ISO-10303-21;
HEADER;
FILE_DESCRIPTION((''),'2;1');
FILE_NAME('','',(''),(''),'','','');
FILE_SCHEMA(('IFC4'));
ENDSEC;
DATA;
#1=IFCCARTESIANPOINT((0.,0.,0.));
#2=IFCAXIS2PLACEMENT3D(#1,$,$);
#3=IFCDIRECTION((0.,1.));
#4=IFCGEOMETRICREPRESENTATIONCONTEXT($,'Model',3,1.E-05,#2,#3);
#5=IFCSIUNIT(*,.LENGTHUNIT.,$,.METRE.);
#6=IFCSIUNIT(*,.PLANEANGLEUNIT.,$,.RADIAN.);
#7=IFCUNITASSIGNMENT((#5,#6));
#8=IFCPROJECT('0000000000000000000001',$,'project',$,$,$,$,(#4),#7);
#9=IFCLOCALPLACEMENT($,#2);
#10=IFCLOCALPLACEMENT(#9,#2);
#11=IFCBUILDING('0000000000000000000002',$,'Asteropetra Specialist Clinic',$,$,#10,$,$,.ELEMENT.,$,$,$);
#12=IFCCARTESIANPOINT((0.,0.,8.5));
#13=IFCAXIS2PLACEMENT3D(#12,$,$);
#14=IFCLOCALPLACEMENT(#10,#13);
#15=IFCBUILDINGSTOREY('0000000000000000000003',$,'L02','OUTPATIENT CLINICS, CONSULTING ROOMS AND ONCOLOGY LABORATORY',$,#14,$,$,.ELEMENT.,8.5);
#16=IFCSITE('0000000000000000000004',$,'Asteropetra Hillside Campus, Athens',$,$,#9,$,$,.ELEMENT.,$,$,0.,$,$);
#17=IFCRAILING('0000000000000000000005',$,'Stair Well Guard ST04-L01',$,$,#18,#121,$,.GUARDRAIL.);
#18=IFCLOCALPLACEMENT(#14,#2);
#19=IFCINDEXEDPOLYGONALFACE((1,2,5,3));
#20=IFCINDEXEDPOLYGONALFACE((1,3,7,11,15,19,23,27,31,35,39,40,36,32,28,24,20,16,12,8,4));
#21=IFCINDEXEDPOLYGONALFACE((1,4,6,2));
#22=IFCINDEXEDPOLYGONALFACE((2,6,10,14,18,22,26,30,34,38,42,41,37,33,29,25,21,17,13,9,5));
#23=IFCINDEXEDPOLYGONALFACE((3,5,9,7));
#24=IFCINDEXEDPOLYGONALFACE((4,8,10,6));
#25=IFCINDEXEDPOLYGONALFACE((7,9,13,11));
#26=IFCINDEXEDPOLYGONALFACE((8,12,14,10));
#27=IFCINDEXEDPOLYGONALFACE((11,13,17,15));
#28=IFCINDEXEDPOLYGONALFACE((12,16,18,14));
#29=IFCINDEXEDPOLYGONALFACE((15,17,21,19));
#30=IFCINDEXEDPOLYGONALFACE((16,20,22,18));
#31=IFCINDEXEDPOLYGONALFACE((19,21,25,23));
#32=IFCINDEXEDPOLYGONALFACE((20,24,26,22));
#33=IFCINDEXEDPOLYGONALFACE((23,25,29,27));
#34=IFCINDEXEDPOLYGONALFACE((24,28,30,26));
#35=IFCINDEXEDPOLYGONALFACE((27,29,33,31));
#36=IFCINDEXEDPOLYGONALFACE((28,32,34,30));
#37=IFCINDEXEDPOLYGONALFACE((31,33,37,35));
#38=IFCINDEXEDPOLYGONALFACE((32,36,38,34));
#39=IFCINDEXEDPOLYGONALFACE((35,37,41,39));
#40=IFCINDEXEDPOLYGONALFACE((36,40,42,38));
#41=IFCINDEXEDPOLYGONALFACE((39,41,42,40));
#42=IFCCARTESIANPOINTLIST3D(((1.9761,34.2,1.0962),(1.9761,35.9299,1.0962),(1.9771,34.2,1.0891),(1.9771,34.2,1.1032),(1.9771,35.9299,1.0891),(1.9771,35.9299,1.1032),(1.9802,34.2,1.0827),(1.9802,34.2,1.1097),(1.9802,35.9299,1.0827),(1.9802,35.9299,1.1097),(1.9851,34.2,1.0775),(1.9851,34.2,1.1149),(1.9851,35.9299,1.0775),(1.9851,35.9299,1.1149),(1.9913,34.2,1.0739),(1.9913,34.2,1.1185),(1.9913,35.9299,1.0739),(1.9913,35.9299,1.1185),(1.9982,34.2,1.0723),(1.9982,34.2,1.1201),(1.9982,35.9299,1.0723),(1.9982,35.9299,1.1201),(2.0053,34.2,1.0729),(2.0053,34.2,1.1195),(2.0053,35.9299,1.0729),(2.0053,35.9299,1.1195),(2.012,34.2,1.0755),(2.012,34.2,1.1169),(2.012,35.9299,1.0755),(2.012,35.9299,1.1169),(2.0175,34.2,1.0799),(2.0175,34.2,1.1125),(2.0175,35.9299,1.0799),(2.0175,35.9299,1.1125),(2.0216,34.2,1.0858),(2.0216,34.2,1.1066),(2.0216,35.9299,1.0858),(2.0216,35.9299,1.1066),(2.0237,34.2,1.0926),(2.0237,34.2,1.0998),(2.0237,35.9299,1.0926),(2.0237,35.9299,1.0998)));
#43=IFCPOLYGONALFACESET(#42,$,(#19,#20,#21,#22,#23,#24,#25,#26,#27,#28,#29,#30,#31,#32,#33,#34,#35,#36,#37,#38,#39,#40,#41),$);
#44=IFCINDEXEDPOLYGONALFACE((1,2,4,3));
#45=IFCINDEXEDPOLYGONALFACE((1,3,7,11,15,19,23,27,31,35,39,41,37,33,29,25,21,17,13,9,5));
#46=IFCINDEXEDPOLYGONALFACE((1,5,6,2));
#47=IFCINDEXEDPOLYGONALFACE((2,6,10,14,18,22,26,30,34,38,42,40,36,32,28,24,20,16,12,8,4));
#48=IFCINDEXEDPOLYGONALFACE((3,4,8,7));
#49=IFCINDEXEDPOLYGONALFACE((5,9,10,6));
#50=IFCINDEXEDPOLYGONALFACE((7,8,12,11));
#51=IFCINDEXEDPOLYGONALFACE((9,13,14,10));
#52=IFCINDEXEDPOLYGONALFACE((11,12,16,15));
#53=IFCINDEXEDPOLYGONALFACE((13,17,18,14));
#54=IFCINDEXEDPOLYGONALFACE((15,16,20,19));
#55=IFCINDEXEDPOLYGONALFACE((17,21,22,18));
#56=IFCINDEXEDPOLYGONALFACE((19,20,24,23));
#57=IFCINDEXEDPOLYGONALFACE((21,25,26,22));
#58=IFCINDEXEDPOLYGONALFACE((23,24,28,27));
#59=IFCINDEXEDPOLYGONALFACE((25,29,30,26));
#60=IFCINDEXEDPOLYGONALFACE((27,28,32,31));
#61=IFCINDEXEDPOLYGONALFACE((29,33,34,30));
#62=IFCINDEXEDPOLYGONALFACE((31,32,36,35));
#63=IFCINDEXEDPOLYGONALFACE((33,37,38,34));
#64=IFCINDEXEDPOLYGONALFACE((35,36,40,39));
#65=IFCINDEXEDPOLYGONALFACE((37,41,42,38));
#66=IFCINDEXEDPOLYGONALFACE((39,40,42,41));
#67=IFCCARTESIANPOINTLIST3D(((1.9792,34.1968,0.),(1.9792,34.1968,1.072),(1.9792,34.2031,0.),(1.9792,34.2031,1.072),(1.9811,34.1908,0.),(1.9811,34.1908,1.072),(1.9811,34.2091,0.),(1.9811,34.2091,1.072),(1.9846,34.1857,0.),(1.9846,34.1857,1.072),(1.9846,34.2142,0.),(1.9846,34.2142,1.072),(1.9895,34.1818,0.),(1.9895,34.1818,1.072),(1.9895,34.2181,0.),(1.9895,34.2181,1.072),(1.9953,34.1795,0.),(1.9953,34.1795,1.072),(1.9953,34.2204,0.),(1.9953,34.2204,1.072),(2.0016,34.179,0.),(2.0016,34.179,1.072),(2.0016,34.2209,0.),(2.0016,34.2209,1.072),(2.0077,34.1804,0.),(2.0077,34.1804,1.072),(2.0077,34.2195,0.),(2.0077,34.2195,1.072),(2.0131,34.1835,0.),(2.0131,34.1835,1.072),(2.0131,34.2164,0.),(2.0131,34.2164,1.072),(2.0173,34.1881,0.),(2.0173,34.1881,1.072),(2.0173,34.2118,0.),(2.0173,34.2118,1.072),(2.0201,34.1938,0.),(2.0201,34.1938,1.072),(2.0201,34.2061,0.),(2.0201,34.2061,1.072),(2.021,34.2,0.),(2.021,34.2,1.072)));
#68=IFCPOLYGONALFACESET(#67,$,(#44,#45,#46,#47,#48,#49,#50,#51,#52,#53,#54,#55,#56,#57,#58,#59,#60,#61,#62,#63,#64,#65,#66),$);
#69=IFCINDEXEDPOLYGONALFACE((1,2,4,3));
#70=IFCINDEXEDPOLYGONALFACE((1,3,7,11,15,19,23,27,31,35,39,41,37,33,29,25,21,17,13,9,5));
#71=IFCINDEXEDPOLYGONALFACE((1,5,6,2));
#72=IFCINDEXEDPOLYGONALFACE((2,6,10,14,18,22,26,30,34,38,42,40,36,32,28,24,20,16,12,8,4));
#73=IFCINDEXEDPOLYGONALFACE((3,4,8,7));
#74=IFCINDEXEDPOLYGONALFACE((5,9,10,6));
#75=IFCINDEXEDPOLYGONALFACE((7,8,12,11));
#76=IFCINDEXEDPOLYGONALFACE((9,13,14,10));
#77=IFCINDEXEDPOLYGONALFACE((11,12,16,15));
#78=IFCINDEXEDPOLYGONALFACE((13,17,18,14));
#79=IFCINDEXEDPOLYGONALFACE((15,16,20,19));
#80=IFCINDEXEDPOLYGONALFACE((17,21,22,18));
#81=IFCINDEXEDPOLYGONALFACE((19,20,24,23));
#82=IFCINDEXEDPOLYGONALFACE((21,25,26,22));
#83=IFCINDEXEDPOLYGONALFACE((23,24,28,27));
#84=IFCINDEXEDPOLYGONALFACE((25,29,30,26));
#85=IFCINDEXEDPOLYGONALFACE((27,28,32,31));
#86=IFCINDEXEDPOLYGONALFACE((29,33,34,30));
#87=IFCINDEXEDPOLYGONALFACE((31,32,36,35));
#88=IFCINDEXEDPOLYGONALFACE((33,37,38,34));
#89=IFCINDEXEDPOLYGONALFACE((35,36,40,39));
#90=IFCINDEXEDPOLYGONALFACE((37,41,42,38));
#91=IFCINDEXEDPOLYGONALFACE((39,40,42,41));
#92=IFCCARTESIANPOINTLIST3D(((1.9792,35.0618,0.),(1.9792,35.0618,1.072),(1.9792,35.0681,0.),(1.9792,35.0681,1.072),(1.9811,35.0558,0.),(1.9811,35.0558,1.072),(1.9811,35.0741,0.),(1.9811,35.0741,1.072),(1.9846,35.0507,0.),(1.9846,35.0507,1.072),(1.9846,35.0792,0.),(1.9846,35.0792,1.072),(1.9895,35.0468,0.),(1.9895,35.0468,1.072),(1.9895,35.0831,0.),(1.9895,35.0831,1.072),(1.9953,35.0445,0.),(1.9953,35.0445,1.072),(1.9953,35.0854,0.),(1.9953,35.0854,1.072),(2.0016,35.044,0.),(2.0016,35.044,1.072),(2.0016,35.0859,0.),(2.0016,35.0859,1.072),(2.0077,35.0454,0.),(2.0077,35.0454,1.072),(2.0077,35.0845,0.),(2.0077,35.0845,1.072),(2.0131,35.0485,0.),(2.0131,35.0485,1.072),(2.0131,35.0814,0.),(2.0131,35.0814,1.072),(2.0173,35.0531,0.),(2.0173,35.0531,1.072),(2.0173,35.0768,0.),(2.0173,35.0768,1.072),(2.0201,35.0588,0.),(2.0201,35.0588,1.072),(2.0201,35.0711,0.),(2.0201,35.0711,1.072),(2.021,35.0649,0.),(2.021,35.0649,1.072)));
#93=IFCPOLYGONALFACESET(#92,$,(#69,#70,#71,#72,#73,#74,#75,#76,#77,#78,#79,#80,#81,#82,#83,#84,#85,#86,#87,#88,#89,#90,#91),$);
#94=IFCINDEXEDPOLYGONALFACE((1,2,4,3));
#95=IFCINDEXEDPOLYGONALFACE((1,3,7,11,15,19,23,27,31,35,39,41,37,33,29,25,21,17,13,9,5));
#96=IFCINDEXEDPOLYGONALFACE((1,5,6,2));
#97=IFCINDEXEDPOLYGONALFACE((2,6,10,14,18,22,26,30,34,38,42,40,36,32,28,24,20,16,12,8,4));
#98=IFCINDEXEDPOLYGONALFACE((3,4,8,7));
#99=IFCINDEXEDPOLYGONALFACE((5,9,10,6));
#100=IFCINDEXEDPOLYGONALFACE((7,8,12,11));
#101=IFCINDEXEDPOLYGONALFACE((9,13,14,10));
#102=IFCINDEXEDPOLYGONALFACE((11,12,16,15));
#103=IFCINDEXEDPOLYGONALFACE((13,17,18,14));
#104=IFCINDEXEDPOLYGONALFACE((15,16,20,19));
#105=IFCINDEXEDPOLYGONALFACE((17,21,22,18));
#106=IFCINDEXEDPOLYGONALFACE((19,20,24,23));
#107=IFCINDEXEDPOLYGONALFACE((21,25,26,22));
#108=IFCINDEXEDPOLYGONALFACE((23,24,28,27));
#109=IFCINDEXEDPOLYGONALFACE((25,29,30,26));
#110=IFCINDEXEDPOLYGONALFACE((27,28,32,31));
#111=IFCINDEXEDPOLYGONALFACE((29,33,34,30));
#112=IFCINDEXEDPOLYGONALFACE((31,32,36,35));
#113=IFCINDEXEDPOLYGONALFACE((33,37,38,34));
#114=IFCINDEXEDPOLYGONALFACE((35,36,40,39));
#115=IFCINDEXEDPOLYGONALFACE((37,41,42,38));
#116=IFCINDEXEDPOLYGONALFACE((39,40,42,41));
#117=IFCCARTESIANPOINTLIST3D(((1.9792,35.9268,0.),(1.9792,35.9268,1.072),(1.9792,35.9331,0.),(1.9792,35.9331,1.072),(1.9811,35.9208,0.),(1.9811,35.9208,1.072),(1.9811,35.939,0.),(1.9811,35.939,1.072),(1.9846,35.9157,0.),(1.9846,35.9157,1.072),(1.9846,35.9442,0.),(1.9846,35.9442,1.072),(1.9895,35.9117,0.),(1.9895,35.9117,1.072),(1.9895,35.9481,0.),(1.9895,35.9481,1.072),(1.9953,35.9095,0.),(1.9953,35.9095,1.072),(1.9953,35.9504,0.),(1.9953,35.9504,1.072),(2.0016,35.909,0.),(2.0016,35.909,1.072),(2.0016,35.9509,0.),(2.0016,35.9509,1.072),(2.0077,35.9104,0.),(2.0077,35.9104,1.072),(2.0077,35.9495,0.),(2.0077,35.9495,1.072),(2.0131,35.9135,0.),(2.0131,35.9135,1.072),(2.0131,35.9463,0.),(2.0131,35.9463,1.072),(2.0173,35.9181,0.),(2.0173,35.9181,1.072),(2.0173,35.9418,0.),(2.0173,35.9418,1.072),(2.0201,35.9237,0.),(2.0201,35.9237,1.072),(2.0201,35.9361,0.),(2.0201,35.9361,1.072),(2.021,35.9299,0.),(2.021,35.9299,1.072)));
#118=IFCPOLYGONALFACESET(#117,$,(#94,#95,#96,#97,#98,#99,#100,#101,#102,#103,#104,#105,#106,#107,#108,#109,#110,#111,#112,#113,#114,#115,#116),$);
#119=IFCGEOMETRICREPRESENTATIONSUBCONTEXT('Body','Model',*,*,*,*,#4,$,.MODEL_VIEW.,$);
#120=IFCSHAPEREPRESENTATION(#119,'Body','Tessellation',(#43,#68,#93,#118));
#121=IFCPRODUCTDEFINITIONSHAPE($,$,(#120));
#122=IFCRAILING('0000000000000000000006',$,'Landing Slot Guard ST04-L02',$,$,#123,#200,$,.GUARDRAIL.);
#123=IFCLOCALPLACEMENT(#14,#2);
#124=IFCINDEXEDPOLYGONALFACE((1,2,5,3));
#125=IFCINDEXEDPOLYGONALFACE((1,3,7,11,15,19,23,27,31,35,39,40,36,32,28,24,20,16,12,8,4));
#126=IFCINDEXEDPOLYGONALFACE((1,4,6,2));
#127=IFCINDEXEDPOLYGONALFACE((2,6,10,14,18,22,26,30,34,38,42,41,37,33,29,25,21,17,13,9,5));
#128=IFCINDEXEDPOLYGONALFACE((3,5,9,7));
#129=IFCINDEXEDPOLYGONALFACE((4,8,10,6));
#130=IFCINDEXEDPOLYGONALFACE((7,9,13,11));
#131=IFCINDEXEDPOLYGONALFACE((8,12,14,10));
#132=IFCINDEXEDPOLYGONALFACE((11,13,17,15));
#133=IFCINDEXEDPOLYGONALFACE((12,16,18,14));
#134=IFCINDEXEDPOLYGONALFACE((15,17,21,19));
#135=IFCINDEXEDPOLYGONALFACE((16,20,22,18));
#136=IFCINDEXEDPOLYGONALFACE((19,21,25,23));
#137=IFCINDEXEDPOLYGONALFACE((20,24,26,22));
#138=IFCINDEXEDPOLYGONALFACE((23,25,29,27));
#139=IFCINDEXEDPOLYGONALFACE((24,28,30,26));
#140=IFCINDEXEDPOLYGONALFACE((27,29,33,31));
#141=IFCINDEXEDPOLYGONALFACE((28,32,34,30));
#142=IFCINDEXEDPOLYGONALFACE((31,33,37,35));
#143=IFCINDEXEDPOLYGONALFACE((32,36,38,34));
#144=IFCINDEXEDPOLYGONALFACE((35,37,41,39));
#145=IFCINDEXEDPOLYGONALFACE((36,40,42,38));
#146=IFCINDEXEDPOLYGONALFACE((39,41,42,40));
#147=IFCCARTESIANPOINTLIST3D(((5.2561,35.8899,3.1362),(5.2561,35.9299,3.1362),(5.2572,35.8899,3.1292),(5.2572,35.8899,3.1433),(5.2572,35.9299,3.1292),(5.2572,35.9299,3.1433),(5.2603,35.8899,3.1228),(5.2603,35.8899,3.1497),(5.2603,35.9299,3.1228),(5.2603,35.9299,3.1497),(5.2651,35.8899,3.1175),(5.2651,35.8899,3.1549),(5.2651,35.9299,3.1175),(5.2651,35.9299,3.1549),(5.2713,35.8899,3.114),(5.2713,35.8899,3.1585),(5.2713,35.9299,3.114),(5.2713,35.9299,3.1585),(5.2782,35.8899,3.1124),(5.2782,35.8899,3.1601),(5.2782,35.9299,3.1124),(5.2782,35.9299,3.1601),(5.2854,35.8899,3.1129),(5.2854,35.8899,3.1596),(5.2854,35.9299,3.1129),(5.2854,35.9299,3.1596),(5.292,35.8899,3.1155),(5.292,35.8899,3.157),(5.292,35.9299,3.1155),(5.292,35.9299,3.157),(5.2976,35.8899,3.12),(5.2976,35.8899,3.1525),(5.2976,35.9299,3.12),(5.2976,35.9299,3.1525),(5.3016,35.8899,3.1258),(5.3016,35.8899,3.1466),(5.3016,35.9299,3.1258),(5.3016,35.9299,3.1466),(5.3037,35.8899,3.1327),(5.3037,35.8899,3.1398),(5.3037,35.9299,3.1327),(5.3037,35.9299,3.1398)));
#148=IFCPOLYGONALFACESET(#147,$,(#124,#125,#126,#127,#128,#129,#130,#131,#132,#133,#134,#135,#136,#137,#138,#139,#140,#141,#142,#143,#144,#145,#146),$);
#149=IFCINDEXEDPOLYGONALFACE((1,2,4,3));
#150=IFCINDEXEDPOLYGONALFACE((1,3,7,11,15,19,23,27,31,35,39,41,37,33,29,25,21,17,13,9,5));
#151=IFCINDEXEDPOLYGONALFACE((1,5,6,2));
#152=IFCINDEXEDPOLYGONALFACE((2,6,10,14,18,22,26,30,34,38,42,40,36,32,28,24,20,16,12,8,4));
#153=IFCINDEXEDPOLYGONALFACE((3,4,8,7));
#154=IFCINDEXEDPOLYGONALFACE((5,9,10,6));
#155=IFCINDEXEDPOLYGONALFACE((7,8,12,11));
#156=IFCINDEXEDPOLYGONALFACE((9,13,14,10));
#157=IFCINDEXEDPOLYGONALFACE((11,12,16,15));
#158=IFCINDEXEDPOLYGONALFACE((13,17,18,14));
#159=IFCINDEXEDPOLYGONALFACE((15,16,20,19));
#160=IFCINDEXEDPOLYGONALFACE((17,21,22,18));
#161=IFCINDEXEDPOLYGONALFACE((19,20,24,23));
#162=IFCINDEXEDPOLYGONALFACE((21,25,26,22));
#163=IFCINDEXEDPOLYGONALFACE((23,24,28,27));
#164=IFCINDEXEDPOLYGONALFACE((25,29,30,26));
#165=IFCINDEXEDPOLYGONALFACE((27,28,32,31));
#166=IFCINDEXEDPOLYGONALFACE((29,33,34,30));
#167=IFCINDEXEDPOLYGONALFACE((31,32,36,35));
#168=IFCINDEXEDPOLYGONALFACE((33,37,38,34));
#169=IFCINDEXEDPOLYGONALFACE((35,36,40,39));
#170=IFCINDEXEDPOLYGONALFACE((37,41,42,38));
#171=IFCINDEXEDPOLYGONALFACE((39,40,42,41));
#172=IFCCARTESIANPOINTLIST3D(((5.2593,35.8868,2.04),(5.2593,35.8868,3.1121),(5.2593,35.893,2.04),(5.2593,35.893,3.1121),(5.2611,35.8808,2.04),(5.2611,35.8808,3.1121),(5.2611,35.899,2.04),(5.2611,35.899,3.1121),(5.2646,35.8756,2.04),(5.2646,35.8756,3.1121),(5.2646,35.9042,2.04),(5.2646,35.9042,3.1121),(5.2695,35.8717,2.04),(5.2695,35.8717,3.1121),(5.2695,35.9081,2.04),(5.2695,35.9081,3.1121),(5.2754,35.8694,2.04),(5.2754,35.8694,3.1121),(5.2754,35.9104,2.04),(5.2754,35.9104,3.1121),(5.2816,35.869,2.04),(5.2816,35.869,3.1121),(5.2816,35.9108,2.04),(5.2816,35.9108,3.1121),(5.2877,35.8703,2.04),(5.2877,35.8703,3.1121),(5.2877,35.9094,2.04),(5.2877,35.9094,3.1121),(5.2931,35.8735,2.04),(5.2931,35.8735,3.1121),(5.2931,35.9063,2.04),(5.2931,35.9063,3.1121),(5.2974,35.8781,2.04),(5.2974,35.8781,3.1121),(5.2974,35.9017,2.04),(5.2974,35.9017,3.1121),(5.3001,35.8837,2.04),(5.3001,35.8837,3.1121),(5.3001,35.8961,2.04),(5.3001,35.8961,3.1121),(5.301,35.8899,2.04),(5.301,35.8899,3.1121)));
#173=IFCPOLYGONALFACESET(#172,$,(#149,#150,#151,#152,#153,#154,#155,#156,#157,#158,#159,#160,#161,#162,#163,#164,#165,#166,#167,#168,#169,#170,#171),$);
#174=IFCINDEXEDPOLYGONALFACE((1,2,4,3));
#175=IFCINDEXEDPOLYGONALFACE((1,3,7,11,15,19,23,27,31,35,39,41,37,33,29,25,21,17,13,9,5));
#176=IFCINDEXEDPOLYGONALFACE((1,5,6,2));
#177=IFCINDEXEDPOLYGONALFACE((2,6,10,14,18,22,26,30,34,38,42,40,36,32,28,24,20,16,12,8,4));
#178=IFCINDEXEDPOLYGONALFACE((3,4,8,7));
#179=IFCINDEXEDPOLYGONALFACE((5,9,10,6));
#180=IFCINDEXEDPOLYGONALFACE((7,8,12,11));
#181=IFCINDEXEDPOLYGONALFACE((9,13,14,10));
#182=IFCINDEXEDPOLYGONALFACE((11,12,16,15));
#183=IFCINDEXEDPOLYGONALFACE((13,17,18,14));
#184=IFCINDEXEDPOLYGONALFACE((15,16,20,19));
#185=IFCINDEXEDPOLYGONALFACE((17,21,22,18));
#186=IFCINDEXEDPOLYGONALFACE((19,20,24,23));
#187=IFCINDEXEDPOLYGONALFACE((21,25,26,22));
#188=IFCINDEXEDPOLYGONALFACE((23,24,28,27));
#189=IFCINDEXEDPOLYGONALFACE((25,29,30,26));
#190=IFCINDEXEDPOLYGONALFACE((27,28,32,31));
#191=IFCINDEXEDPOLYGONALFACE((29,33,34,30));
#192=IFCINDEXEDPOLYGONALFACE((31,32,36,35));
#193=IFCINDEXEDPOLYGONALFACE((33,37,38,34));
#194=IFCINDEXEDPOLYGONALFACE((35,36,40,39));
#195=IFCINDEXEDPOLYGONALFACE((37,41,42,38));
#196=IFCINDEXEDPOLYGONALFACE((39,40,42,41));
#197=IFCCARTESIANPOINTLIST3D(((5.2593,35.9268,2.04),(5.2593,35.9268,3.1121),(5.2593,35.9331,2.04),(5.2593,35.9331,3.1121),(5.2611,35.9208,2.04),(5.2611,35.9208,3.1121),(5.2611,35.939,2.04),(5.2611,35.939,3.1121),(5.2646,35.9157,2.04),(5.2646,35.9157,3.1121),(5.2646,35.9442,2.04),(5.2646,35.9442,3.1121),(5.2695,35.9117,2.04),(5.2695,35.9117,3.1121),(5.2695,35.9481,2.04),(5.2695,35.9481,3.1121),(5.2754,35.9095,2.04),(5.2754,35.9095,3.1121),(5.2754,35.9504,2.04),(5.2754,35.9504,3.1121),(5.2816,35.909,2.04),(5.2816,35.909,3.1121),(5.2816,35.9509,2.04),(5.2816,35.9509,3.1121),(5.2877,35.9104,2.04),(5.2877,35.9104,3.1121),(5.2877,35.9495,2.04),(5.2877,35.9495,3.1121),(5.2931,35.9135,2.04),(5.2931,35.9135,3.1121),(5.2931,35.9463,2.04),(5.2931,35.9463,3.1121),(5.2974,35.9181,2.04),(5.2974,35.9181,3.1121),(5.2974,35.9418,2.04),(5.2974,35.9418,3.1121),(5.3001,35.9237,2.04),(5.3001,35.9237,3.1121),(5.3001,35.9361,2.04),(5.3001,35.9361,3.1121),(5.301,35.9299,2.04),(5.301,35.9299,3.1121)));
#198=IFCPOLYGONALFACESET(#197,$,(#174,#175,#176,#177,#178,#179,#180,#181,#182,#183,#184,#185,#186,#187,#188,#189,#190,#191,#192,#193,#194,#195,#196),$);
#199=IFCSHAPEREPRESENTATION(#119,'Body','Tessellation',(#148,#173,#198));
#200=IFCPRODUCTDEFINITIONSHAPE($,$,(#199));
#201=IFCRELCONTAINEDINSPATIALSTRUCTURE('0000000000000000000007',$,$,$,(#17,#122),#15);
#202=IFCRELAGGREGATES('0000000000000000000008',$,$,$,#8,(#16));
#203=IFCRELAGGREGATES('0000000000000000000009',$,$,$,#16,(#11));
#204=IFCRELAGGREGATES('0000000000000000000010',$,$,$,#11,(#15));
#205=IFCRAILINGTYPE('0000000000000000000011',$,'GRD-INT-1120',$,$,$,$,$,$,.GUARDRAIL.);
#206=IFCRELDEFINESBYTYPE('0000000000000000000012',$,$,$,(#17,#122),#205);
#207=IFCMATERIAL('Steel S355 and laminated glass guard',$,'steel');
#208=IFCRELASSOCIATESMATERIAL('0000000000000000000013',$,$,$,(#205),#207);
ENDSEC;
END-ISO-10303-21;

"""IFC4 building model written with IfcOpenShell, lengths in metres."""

from ifc_helpers import new_model, si_unit, direction, frame, origin, origin_2d, place, context, subcontext, project, spatial, circle, extrude, material, type_object, element, save


model = new_model("IFC4")

# Units and contexts
model_context = context("Model", 3, precision=1e-05, world=origin(), true_north=direction((0.0, 1.0)))
body_context = subcontext(model_context, "Body", "Model", "MODEL_VIEW")
ifc_project = project(units=[si_unit("LENGTHUNIT", "METRE"), si_unit("PLANEANGLEUNIT", "RADIAN")], contexts=[model_context])

# Site, building, storey
site_placement = place(None, origin())
site = spatial("IfcSite", under=ifc_project, at=site_placement, Name="Asteropetra Hillside Campus, Athens", CompositionType="ELEMENT", RefElevation=0.0)
building_placement = place(site_placement, origin())
building = spatial("IfcBuilding", under=site, at=building_placement, Name="Asteropetra Specialist Clinic", CompositionType="ELEMENT")
storey_placement = place(building_placement, frame((0.0, 0.0, 8.5)))
storey = spatial("IfcBuildingStorey", under=building, at=storey_placement, Name="L02", Description="OUTPATIENT CLINICS, CONSULTING ROOMS AND ONCOLOGY LABORATORY", CompositionType="ELEMENT", Elevation=8.5)

# Railings
ifc_material_1 = material(Name="Steel S355 and laminated glass guard", Category="steel")
railing_type_1 = type_object("IfcRailingType", Name="GRD-INT-1120", PredefinedType="GUARDRAIL", material=ifc_material_1)
railing_1_placement = place(storey_placement, frame((2.0, 34.2, 0.0)))
element("IfcRailing", 1, at=railing_1_placement, inside=storey, type_object=railing_type_1, Name="Stair Well Guard ST04-L01", PredefinedType="GUARDRAIL", context=body_context, shape_type="SweptSolid", body=[
    extrude(circle(Radius=0.0239, at=origin_2d()), frame((0.0, 0.0, 1.0962), z_axis=(0.0, 1.0, 0.0), x_axis=(-1.0, 0.0, 0.0)), (0.0, 0.0, 1.0), 1.73),
    extrude(circle(Radius=0.021, at=origin_2d()), origin(), (0.0, 0.0, 1.0), 1.072),
    extrude(circle(Radius=0.021, at=origin_2d()), frame((0.0, 0.865, 0.0)), (0.0, 0.0, 1.0), 1.072),
    extrude(circle(Radius=0.021, at=origin_2d()), frame((0.0, 1.73, 0.0)), (0.0, 0.0, 1.0), 1.072),
])
railing_2_placement = place(storey_placement, frame((5.28, 35.8899, 2.04)))
element("IfcRailing", 2, at=railing_2_placement, inside=storey, type_object=railing_type_1, Name="Landing Slot Guard ST04-L02", PredefinedType="GUARDRAIL", context=body_context, shape_type="SweptSolid", body=[
    extrude(circle(Radius=0.0239, at=origin_2d()), frame((0.0, 0.0, 1.0962), z_axis=(0.0, 1.0, 0.0), x_axis=(-1.0, 0.0, 0.0)), (0.0, 0.0, 1.0), 0.04),
    extrude(circle(Radius=0.021, at=origin_2d()), origin(), (0.0, 0.0, 1.0), 1.072),
    extrude(circle(Radius=0.021, at=origin_2d()), frame((0.0, 0.04, 0.0)), (0.0, 0.0, 1.0), 1.072),
])

save(model, "model.ifc")
